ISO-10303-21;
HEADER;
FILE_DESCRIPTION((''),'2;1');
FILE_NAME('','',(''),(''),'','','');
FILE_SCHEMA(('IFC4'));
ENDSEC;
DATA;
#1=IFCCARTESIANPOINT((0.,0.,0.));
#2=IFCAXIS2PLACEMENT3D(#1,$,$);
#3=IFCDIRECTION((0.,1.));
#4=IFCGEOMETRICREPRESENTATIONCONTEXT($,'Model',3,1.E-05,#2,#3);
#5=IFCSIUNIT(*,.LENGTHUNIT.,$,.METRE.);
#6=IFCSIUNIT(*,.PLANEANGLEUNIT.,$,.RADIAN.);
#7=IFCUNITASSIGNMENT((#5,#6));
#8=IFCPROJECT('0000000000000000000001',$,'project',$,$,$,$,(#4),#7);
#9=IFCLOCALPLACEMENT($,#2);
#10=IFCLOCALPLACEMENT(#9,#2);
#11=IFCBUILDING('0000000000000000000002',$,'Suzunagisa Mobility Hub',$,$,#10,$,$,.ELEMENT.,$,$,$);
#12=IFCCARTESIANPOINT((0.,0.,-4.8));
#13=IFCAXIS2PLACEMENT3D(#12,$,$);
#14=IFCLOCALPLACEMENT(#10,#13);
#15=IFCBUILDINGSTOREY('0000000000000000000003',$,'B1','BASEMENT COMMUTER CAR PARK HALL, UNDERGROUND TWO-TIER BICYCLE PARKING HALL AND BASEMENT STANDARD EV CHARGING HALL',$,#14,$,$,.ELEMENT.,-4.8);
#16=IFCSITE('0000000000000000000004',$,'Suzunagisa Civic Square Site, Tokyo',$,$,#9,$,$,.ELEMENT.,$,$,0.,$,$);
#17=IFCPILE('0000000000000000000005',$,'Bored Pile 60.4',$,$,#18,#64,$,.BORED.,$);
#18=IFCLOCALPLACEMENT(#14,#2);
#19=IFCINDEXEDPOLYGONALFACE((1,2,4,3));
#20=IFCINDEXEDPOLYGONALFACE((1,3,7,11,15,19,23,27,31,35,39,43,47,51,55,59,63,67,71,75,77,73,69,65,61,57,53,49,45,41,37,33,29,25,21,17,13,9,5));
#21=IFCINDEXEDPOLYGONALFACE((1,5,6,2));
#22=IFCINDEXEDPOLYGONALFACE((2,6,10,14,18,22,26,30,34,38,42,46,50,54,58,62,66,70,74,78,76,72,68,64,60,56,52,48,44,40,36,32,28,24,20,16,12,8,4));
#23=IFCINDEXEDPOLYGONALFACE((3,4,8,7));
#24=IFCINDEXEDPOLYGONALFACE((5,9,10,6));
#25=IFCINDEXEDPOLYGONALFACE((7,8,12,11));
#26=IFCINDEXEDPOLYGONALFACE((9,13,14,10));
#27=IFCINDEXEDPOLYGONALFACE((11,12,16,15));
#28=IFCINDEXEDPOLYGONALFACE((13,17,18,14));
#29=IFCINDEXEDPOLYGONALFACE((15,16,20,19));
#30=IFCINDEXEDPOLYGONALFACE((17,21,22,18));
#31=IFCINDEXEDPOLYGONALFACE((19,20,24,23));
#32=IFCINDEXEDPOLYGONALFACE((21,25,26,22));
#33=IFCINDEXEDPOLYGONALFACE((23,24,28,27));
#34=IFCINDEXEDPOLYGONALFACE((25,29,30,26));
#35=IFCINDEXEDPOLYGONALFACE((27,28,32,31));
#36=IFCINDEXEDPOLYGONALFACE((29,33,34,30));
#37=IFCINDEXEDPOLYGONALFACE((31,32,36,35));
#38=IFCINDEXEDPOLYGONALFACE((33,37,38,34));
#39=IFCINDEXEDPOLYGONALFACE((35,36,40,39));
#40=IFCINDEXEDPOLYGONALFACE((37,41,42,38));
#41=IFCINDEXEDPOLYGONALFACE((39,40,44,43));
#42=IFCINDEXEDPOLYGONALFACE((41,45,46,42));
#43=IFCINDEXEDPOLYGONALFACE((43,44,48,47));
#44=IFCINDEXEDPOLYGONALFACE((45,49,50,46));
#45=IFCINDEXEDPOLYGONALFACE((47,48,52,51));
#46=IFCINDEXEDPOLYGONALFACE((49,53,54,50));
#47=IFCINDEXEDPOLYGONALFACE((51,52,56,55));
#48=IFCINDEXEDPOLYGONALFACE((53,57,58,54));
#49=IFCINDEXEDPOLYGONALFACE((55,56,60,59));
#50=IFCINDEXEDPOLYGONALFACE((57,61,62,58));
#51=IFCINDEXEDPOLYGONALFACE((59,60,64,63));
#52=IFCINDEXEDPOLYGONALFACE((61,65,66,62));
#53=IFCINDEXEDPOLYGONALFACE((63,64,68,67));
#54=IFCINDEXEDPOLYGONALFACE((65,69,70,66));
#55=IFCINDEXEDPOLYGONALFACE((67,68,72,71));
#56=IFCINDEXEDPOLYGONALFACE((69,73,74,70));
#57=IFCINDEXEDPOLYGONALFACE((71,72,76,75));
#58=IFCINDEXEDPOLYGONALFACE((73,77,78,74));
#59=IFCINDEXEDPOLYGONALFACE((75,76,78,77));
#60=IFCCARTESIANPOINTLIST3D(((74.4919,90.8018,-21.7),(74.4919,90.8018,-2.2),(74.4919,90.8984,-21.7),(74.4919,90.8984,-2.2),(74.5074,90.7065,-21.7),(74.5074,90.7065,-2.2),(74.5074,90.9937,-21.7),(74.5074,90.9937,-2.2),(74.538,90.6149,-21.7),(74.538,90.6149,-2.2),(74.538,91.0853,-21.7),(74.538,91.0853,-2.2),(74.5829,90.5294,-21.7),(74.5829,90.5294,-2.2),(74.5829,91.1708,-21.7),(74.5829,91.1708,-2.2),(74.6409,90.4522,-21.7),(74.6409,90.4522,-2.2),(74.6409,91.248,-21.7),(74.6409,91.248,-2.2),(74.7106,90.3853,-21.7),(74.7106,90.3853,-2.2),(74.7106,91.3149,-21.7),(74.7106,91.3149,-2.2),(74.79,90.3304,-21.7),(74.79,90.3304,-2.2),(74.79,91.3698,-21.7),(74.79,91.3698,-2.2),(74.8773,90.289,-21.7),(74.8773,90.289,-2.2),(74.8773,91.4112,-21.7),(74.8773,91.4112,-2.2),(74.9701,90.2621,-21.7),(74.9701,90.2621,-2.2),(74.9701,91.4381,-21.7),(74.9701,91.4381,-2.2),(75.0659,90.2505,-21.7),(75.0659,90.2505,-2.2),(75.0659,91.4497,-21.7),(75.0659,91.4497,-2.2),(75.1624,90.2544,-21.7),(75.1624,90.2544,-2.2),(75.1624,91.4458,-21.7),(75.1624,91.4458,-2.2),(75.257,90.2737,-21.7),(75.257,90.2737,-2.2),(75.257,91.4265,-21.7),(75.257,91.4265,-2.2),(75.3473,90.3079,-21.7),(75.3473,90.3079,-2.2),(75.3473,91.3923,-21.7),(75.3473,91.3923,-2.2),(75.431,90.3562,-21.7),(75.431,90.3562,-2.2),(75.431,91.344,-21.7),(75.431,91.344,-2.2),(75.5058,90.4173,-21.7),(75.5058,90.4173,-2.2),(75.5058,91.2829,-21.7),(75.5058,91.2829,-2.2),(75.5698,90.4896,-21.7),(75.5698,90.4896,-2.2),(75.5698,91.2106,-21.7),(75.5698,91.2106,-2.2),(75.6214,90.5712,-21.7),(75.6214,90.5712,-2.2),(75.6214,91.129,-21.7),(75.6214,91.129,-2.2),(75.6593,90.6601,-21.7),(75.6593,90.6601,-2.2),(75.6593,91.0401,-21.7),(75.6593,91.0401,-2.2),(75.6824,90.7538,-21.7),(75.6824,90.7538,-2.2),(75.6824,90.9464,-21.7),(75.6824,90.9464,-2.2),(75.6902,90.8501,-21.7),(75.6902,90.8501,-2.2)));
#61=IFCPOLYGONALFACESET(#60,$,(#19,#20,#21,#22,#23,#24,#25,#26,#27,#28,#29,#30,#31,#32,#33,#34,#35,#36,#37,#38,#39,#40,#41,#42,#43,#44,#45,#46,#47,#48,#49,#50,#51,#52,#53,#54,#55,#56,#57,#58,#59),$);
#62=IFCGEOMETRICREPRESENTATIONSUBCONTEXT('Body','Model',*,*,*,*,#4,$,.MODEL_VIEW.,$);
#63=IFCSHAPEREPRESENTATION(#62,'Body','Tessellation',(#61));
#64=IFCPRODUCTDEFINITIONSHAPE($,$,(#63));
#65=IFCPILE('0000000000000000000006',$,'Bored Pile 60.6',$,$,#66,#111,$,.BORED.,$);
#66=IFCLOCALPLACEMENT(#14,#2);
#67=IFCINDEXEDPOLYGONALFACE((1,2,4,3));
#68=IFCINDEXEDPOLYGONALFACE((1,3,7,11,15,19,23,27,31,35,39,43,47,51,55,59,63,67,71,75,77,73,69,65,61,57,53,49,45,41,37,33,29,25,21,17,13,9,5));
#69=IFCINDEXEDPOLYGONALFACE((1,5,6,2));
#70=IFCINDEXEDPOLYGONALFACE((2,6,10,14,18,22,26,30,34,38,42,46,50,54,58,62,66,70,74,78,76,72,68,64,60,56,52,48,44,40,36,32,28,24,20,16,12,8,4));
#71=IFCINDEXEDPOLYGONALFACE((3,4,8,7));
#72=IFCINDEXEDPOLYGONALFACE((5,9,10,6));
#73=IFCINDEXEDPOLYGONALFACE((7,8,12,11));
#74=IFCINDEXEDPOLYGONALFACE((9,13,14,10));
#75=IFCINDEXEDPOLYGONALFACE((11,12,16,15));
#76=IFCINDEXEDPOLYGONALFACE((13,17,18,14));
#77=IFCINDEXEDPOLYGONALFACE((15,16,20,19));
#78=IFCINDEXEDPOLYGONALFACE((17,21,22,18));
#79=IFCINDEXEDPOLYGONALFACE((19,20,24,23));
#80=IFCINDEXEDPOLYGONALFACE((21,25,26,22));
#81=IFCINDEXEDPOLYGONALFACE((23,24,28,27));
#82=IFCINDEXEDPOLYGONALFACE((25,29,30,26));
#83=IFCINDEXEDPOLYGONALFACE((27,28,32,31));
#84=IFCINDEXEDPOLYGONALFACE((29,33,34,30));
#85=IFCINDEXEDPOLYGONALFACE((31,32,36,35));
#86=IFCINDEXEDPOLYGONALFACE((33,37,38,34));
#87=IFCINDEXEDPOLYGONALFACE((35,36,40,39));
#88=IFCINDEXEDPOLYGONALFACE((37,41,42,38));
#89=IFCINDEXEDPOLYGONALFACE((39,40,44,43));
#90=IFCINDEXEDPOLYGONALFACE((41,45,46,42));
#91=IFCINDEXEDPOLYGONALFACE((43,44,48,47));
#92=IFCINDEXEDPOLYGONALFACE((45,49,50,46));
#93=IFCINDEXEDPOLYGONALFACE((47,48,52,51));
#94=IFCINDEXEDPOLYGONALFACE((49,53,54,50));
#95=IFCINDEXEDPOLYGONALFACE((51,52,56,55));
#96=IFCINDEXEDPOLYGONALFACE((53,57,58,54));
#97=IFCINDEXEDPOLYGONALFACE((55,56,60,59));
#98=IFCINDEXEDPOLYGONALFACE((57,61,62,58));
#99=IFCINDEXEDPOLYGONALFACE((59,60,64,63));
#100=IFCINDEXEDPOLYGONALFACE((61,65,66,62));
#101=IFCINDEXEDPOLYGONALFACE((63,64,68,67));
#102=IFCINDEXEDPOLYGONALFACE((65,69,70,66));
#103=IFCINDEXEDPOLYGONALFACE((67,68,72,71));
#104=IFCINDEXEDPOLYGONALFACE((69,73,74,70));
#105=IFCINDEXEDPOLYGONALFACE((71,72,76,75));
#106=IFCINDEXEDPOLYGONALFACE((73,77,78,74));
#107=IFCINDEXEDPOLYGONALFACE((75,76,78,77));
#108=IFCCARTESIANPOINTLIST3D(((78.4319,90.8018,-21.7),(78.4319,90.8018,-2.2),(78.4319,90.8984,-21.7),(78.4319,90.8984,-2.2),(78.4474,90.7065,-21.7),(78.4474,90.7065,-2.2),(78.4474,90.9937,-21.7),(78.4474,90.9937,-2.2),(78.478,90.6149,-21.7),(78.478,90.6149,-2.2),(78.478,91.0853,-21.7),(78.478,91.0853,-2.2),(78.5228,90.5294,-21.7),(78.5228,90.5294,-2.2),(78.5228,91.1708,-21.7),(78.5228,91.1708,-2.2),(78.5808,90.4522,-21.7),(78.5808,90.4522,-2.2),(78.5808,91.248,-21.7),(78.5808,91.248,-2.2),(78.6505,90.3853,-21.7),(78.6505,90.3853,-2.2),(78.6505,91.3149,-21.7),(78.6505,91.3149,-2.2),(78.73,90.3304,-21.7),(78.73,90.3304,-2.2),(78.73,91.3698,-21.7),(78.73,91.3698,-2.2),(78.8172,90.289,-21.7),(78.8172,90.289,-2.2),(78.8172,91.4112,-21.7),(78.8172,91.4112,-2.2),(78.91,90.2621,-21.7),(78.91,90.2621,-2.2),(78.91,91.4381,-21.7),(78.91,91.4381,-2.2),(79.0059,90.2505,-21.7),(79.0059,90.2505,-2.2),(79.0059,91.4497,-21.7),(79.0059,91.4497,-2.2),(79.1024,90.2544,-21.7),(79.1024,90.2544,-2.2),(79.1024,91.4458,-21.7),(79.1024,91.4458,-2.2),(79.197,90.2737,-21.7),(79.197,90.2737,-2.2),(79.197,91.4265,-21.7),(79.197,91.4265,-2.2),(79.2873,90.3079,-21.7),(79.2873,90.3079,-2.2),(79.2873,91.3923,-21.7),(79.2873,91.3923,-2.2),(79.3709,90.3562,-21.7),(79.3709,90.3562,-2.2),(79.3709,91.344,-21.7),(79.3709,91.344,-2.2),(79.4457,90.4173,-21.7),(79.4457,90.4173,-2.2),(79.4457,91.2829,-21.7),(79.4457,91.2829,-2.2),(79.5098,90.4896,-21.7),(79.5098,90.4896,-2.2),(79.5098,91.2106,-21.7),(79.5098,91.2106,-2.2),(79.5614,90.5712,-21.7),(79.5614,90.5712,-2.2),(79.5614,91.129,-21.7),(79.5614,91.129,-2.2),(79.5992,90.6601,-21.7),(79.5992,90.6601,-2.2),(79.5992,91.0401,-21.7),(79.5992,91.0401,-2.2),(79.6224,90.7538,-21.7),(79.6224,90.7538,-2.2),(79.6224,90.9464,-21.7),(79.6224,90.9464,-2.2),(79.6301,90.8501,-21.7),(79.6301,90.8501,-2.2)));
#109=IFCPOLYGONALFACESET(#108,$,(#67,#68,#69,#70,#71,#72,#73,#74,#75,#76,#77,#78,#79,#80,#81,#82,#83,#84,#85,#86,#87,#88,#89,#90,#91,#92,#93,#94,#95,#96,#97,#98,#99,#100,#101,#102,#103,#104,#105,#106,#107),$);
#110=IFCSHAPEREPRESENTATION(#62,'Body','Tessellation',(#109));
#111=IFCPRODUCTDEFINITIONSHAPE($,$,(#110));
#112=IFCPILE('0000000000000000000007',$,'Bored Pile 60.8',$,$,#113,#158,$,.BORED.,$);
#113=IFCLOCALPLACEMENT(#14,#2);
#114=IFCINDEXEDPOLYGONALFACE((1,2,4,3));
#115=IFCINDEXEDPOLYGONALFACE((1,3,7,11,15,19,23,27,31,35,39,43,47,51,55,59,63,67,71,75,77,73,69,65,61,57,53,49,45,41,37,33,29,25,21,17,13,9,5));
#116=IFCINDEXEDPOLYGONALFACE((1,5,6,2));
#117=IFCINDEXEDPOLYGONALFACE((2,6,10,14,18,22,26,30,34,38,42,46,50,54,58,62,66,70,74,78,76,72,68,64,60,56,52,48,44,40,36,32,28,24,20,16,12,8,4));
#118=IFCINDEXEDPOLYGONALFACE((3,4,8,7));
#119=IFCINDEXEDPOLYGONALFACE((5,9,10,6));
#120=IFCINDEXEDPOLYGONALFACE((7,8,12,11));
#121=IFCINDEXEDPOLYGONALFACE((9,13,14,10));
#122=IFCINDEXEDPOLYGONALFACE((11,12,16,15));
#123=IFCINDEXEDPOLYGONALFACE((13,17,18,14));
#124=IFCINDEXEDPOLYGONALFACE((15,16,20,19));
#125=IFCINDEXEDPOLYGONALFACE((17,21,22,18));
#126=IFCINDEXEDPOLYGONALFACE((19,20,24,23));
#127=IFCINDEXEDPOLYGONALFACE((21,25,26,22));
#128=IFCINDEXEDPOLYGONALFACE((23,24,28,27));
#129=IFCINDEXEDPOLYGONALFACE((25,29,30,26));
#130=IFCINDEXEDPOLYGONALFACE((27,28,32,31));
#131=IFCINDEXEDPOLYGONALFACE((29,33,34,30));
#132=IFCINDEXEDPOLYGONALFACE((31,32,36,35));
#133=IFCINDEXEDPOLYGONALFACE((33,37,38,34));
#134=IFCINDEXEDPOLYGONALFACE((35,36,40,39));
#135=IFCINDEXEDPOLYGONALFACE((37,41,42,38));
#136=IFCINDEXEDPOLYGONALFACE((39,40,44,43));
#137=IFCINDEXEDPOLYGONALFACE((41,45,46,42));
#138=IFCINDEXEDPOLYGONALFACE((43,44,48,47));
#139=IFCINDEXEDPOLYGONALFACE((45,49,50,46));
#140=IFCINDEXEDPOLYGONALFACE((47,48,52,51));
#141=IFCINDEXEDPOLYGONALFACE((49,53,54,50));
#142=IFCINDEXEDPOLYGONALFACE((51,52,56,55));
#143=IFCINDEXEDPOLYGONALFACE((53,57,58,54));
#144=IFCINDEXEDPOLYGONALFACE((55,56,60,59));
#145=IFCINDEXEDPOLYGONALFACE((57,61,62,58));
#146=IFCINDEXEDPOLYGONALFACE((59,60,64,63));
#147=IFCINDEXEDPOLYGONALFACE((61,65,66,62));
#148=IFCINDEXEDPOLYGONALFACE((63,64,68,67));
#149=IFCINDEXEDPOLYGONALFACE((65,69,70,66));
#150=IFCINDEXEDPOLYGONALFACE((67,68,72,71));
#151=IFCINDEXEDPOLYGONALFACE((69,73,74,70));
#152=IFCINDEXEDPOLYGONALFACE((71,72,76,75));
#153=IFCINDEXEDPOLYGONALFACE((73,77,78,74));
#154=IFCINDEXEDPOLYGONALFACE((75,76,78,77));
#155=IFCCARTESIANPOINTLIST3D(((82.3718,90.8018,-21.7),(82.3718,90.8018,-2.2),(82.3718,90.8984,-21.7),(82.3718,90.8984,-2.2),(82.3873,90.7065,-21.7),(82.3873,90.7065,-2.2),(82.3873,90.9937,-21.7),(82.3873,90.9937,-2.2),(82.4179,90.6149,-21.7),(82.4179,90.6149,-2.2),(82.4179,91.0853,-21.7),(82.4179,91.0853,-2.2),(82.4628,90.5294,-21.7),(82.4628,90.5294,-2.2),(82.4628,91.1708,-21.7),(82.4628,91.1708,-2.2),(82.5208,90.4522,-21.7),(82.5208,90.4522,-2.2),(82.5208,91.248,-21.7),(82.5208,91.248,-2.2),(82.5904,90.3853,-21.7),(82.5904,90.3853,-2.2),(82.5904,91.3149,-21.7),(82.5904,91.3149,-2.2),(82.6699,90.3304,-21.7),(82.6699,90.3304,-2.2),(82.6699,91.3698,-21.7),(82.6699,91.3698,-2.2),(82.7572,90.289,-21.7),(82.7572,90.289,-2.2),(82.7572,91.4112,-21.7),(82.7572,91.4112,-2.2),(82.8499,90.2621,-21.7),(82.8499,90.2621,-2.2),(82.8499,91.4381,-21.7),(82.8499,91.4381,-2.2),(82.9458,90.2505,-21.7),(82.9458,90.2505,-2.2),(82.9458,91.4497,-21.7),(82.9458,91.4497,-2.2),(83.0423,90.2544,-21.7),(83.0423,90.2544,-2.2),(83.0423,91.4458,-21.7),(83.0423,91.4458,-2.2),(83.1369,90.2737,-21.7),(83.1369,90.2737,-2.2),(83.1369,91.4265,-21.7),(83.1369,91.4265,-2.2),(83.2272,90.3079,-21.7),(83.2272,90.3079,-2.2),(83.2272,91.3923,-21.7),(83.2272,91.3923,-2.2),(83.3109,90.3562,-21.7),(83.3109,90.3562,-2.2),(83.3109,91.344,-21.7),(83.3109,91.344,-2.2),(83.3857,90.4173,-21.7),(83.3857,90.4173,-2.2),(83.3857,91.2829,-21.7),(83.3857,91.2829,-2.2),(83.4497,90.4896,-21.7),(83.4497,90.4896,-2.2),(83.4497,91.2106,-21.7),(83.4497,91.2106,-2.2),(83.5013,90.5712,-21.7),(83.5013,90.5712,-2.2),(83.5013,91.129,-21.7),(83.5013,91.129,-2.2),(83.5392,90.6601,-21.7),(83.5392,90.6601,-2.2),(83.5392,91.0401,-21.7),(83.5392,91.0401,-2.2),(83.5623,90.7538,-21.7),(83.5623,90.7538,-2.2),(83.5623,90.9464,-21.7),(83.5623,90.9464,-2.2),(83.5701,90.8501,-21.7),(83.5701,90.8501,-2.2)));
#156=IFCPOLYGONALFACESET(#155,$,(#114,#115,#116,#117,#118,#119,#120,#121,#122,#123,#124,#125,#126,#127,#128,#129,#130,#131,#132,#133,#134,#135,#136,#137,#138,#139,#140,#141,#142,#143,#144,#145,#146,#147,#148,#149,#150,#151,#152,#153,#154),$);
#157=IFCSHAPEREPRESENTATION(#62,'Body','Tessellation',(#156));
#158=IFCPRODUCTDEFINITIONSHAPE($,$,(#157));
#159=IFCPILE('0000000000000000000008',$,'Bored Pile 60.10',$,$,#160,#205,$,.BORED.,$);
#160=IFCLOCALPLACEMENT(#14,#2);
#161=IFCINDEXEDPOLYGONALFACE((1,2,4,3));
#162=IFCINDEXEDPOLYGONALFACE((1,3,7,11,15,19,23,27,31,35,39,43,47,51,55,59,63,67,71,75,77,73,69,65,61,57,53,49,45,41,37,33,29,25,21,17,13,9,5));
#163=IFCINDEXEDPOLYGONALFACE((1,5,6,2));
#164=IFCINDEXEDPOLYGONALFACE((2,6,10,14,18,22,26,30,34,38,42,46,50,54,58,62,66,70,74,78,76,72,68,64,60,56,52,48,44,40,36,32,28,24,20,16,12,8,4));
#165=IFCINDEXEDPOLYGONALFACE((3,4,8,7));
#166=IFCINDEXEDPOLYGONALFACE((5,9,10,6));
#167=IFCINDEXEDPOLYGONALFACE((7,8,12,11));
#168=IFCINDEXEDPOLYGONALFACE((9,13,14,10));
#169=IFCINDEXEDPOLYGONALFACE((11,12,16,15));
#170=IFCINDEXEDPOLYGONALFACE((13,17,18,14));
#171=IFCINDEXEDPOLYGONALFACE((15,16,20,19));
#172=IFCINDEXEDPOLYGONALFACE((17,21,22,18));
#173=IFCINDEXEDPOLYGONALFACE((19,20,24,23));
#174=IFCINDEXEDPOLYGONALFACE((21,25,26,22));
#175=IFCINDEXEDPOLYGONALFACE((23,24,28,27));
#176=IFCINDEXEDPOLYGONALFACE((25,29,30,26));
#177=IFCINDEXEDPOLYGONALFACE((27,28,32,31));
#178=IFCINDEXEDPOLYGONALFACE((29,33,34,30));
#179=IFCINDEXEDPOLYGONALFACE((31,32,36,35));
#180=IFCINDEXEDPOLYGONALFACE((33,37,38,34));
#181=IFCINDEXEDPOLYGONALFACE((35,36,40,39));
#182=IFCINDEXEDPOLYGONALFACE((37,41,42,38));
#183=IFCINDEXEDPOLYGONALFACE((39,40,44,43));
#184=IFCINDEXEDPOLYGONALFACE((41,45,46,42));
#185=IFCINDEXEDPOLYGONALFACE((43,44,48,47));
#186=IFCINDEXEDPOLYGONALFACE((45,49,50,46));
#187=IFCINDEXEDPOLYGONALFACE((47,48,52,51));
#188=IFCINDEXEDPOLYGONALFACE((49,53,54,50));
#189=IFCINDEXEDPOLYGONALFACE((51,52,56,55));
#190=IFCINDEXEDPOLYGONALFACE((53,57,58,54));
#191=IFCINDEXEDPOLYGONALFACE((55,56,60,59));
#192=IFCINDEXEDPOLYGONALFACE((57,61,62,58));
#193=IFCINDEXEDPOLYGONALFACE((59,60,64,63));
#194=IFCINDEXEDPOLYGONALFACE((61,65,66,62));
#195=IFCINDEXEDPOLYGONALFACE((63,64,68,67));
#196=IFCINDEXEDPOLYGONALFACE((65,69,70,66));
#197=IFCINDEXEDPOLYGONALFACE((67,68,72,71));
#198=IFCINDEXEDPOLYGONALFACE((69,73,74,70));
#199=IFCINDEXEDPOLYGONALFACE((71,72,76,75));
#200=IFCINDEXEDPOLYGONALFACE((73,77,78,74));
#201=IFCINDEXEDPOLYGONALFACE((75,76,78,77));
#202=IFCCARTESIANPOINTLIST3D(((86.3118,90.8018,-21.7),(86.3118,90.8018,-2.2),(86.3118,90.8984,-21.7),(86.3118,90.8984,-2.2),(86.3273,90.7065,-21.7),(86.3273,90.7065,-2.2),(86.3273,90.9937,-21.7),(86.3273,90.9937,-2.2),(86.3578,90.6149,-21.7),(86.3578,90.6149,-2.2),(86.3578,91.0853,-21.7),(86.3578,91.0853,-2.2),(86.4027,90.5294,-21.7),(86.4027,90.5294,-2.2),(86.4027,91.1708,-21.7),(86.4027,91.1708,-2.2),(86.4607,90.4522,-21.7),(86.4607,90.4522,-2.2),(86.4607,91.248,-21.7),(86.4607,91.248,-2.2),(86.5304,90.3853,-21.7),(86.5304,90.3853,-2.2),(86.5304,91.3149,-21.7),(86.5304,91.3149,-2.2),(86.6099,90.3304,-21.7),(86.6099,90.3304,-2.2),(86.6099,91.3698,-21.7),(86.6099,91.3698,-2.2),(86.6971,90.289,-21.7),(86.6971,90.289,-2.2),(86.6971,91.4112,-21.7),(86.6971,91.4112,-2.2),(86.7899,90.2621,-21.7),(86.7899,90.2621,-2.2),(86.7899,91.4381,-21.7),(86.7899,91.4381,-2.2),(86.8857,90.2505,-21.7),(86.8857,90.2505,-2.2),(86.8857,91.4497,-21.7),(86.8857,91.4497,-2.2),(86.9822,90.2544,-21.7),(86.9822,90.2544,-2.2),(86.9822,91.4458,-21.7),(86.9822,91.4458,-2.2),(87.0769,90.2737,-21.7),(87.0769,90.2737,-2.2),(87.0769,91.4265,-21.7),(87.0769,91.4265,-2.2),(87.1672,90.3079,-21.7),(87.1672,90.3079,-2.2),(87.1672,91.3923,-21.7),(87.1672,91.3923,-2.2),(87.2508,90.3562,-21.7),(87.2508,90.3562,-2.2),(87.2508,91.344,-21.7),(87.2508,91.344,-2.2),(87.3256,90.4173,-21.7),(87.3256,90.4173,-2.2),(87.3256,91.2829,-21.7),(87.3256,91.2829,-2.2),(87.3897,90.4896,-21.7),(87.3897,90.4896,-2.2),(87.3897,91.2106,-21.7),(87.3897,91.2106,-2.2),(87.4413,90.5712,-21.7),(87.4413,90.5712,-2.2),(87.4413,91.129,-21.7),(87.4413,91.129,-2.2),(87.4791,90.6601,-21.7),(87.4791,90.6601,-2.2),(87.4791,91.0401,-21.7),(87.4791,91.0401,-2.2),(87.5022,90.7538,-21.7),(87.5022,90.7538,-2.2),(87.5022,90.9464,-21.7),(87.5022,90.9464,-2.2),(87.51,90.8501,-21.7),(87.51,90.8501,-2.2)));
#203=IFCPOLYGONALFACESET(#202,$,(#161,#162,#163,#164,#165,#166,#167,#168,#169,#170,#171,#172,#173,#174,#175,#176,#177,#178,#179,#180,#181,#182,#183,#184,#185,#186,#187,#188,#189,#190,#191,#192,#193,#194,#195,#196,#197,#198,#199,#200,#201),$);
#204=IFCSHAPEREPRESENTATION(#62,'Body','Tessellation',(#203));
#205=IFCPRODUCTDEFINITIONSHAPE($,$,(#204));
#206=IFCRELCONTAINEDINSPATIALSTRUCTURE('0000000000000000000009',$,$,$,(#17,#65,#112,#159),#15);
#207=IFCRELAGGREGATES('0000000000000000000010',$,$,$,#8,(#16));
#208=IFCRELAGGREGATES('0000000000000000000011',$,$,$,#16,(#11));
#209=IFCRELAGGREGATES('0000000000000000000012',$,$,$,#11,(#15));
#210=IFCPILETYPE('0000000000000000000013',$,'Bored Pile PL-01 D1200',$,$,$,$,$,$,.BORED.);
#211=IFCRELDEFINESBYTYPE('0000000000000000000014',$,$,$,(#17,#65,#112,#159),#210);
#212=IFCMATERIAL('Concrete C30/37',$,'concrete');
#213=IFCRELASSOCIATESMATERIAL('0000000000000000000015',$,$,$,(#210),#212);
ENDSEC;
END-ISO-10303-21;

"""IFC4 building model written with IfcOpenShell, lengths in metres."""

from ifc_helpers import new_model, si_unit, direction, frame, origin, origin_2d, place, context, subcontext, project, spatial, circle, extrude, material, material_profile, profile_set, type_object, element, save


model = new_model("IFC4")

# Units and contexts
model_context = context("Model", 3, precision=1e-05, world=origin(), true_north=direction((0.0, 1.0)))
body_context = subcontext(model_context, "Body", "Model", "MODEL_VIEW")
ifc_project = project(units=[si_unit("LENGTHUNIT", "METRE"), si_unit("PLANEANGLEUNIT", "RADIAN")], contexts=[model_context])

# Site, building, storey
site_placement = place(None, origin())
site = spatial("IfcSite", under=ifc_project, at=site_placement, Name="Suzunagisa Civic Square Site, Tokyo", CompositionType="ELEMENT", RefElevation=0.0)
building_placement = place(site_placement, origin())
building = spatial("IfcBuilding", under=site, at=building_placement, Name="Suzunagisa Mobility Hub", CompositionType="ELEMENT")
storey_placement = place(building_placement, frame((0.0, 0.0, -4.8)))
storey = spatial("IfcBuildingStorey", under=building, at=storey_placement, Name="B1", Description="BASEMENT COMMUTER CAR PARK HALL, UNDERGROUND TWO-TIER BICYCLE PARKING HALL AND BASEMENT STANDARD EV CHARGING HALL", CompositionType="ELEMENT", Elevation=-4.8)

# Piles
ifc_material_1 = material(Name="Concrete C30/37", Category="concrete")
ifc_material_profile_1 = material_profile(ifc_material_1, circle(Radius=0.6001, at=origin_2d()), Name="BORED PILE D1200")
ifc_profile_set_1 = profile_set([ifc_material_profile_1], Name="Concrete C30/37")
pile_type = type_object("IfcPileType", Name="Bored Pile PL-01 D1200", PredefinedType="BORED", material=ifc_profile_set_1)
for number, where, z_axis, x_axis, name in (
    (1, (75.0901, 90.8501, -2.2), (0.0, 0.0, -1.0), (1.0, 0.0, 0.0), "Bored Pile 60.4"),
    (2, (79.03, 90.8501, -2.2), (0.0, 0.0, -1.0), (1.0, 0.0, 0.0), "Bored Pile 60.6"),
    (3, (82.97, 90.8501, -2.2), (0.0, 0.0, -1.0), (1.0, 0.0, 0.0), "Bored Pile 60.8"),
    (4, (86.9099, 90.8501, -2.2), (0.0, 0.0, -1.0), (1.0, 0.0, 0.0), "Bored Pile 60.10"),
):
    element("IfcPile", number, at=place(storey_placement, frame(where, z_axis=z_axis, x_axis=x_axis)), inside=storey, type_object=pile_type, Name=name, PredefinedType="BORED", context=body_context, shape_type="SweptSolid", body=[
        extrude(circle(Radius=0.6001, at=origin_2d()), origin(), (0.0, 0.0, 1.0), 19.5),
    ])

save(model, "model.ifc")
